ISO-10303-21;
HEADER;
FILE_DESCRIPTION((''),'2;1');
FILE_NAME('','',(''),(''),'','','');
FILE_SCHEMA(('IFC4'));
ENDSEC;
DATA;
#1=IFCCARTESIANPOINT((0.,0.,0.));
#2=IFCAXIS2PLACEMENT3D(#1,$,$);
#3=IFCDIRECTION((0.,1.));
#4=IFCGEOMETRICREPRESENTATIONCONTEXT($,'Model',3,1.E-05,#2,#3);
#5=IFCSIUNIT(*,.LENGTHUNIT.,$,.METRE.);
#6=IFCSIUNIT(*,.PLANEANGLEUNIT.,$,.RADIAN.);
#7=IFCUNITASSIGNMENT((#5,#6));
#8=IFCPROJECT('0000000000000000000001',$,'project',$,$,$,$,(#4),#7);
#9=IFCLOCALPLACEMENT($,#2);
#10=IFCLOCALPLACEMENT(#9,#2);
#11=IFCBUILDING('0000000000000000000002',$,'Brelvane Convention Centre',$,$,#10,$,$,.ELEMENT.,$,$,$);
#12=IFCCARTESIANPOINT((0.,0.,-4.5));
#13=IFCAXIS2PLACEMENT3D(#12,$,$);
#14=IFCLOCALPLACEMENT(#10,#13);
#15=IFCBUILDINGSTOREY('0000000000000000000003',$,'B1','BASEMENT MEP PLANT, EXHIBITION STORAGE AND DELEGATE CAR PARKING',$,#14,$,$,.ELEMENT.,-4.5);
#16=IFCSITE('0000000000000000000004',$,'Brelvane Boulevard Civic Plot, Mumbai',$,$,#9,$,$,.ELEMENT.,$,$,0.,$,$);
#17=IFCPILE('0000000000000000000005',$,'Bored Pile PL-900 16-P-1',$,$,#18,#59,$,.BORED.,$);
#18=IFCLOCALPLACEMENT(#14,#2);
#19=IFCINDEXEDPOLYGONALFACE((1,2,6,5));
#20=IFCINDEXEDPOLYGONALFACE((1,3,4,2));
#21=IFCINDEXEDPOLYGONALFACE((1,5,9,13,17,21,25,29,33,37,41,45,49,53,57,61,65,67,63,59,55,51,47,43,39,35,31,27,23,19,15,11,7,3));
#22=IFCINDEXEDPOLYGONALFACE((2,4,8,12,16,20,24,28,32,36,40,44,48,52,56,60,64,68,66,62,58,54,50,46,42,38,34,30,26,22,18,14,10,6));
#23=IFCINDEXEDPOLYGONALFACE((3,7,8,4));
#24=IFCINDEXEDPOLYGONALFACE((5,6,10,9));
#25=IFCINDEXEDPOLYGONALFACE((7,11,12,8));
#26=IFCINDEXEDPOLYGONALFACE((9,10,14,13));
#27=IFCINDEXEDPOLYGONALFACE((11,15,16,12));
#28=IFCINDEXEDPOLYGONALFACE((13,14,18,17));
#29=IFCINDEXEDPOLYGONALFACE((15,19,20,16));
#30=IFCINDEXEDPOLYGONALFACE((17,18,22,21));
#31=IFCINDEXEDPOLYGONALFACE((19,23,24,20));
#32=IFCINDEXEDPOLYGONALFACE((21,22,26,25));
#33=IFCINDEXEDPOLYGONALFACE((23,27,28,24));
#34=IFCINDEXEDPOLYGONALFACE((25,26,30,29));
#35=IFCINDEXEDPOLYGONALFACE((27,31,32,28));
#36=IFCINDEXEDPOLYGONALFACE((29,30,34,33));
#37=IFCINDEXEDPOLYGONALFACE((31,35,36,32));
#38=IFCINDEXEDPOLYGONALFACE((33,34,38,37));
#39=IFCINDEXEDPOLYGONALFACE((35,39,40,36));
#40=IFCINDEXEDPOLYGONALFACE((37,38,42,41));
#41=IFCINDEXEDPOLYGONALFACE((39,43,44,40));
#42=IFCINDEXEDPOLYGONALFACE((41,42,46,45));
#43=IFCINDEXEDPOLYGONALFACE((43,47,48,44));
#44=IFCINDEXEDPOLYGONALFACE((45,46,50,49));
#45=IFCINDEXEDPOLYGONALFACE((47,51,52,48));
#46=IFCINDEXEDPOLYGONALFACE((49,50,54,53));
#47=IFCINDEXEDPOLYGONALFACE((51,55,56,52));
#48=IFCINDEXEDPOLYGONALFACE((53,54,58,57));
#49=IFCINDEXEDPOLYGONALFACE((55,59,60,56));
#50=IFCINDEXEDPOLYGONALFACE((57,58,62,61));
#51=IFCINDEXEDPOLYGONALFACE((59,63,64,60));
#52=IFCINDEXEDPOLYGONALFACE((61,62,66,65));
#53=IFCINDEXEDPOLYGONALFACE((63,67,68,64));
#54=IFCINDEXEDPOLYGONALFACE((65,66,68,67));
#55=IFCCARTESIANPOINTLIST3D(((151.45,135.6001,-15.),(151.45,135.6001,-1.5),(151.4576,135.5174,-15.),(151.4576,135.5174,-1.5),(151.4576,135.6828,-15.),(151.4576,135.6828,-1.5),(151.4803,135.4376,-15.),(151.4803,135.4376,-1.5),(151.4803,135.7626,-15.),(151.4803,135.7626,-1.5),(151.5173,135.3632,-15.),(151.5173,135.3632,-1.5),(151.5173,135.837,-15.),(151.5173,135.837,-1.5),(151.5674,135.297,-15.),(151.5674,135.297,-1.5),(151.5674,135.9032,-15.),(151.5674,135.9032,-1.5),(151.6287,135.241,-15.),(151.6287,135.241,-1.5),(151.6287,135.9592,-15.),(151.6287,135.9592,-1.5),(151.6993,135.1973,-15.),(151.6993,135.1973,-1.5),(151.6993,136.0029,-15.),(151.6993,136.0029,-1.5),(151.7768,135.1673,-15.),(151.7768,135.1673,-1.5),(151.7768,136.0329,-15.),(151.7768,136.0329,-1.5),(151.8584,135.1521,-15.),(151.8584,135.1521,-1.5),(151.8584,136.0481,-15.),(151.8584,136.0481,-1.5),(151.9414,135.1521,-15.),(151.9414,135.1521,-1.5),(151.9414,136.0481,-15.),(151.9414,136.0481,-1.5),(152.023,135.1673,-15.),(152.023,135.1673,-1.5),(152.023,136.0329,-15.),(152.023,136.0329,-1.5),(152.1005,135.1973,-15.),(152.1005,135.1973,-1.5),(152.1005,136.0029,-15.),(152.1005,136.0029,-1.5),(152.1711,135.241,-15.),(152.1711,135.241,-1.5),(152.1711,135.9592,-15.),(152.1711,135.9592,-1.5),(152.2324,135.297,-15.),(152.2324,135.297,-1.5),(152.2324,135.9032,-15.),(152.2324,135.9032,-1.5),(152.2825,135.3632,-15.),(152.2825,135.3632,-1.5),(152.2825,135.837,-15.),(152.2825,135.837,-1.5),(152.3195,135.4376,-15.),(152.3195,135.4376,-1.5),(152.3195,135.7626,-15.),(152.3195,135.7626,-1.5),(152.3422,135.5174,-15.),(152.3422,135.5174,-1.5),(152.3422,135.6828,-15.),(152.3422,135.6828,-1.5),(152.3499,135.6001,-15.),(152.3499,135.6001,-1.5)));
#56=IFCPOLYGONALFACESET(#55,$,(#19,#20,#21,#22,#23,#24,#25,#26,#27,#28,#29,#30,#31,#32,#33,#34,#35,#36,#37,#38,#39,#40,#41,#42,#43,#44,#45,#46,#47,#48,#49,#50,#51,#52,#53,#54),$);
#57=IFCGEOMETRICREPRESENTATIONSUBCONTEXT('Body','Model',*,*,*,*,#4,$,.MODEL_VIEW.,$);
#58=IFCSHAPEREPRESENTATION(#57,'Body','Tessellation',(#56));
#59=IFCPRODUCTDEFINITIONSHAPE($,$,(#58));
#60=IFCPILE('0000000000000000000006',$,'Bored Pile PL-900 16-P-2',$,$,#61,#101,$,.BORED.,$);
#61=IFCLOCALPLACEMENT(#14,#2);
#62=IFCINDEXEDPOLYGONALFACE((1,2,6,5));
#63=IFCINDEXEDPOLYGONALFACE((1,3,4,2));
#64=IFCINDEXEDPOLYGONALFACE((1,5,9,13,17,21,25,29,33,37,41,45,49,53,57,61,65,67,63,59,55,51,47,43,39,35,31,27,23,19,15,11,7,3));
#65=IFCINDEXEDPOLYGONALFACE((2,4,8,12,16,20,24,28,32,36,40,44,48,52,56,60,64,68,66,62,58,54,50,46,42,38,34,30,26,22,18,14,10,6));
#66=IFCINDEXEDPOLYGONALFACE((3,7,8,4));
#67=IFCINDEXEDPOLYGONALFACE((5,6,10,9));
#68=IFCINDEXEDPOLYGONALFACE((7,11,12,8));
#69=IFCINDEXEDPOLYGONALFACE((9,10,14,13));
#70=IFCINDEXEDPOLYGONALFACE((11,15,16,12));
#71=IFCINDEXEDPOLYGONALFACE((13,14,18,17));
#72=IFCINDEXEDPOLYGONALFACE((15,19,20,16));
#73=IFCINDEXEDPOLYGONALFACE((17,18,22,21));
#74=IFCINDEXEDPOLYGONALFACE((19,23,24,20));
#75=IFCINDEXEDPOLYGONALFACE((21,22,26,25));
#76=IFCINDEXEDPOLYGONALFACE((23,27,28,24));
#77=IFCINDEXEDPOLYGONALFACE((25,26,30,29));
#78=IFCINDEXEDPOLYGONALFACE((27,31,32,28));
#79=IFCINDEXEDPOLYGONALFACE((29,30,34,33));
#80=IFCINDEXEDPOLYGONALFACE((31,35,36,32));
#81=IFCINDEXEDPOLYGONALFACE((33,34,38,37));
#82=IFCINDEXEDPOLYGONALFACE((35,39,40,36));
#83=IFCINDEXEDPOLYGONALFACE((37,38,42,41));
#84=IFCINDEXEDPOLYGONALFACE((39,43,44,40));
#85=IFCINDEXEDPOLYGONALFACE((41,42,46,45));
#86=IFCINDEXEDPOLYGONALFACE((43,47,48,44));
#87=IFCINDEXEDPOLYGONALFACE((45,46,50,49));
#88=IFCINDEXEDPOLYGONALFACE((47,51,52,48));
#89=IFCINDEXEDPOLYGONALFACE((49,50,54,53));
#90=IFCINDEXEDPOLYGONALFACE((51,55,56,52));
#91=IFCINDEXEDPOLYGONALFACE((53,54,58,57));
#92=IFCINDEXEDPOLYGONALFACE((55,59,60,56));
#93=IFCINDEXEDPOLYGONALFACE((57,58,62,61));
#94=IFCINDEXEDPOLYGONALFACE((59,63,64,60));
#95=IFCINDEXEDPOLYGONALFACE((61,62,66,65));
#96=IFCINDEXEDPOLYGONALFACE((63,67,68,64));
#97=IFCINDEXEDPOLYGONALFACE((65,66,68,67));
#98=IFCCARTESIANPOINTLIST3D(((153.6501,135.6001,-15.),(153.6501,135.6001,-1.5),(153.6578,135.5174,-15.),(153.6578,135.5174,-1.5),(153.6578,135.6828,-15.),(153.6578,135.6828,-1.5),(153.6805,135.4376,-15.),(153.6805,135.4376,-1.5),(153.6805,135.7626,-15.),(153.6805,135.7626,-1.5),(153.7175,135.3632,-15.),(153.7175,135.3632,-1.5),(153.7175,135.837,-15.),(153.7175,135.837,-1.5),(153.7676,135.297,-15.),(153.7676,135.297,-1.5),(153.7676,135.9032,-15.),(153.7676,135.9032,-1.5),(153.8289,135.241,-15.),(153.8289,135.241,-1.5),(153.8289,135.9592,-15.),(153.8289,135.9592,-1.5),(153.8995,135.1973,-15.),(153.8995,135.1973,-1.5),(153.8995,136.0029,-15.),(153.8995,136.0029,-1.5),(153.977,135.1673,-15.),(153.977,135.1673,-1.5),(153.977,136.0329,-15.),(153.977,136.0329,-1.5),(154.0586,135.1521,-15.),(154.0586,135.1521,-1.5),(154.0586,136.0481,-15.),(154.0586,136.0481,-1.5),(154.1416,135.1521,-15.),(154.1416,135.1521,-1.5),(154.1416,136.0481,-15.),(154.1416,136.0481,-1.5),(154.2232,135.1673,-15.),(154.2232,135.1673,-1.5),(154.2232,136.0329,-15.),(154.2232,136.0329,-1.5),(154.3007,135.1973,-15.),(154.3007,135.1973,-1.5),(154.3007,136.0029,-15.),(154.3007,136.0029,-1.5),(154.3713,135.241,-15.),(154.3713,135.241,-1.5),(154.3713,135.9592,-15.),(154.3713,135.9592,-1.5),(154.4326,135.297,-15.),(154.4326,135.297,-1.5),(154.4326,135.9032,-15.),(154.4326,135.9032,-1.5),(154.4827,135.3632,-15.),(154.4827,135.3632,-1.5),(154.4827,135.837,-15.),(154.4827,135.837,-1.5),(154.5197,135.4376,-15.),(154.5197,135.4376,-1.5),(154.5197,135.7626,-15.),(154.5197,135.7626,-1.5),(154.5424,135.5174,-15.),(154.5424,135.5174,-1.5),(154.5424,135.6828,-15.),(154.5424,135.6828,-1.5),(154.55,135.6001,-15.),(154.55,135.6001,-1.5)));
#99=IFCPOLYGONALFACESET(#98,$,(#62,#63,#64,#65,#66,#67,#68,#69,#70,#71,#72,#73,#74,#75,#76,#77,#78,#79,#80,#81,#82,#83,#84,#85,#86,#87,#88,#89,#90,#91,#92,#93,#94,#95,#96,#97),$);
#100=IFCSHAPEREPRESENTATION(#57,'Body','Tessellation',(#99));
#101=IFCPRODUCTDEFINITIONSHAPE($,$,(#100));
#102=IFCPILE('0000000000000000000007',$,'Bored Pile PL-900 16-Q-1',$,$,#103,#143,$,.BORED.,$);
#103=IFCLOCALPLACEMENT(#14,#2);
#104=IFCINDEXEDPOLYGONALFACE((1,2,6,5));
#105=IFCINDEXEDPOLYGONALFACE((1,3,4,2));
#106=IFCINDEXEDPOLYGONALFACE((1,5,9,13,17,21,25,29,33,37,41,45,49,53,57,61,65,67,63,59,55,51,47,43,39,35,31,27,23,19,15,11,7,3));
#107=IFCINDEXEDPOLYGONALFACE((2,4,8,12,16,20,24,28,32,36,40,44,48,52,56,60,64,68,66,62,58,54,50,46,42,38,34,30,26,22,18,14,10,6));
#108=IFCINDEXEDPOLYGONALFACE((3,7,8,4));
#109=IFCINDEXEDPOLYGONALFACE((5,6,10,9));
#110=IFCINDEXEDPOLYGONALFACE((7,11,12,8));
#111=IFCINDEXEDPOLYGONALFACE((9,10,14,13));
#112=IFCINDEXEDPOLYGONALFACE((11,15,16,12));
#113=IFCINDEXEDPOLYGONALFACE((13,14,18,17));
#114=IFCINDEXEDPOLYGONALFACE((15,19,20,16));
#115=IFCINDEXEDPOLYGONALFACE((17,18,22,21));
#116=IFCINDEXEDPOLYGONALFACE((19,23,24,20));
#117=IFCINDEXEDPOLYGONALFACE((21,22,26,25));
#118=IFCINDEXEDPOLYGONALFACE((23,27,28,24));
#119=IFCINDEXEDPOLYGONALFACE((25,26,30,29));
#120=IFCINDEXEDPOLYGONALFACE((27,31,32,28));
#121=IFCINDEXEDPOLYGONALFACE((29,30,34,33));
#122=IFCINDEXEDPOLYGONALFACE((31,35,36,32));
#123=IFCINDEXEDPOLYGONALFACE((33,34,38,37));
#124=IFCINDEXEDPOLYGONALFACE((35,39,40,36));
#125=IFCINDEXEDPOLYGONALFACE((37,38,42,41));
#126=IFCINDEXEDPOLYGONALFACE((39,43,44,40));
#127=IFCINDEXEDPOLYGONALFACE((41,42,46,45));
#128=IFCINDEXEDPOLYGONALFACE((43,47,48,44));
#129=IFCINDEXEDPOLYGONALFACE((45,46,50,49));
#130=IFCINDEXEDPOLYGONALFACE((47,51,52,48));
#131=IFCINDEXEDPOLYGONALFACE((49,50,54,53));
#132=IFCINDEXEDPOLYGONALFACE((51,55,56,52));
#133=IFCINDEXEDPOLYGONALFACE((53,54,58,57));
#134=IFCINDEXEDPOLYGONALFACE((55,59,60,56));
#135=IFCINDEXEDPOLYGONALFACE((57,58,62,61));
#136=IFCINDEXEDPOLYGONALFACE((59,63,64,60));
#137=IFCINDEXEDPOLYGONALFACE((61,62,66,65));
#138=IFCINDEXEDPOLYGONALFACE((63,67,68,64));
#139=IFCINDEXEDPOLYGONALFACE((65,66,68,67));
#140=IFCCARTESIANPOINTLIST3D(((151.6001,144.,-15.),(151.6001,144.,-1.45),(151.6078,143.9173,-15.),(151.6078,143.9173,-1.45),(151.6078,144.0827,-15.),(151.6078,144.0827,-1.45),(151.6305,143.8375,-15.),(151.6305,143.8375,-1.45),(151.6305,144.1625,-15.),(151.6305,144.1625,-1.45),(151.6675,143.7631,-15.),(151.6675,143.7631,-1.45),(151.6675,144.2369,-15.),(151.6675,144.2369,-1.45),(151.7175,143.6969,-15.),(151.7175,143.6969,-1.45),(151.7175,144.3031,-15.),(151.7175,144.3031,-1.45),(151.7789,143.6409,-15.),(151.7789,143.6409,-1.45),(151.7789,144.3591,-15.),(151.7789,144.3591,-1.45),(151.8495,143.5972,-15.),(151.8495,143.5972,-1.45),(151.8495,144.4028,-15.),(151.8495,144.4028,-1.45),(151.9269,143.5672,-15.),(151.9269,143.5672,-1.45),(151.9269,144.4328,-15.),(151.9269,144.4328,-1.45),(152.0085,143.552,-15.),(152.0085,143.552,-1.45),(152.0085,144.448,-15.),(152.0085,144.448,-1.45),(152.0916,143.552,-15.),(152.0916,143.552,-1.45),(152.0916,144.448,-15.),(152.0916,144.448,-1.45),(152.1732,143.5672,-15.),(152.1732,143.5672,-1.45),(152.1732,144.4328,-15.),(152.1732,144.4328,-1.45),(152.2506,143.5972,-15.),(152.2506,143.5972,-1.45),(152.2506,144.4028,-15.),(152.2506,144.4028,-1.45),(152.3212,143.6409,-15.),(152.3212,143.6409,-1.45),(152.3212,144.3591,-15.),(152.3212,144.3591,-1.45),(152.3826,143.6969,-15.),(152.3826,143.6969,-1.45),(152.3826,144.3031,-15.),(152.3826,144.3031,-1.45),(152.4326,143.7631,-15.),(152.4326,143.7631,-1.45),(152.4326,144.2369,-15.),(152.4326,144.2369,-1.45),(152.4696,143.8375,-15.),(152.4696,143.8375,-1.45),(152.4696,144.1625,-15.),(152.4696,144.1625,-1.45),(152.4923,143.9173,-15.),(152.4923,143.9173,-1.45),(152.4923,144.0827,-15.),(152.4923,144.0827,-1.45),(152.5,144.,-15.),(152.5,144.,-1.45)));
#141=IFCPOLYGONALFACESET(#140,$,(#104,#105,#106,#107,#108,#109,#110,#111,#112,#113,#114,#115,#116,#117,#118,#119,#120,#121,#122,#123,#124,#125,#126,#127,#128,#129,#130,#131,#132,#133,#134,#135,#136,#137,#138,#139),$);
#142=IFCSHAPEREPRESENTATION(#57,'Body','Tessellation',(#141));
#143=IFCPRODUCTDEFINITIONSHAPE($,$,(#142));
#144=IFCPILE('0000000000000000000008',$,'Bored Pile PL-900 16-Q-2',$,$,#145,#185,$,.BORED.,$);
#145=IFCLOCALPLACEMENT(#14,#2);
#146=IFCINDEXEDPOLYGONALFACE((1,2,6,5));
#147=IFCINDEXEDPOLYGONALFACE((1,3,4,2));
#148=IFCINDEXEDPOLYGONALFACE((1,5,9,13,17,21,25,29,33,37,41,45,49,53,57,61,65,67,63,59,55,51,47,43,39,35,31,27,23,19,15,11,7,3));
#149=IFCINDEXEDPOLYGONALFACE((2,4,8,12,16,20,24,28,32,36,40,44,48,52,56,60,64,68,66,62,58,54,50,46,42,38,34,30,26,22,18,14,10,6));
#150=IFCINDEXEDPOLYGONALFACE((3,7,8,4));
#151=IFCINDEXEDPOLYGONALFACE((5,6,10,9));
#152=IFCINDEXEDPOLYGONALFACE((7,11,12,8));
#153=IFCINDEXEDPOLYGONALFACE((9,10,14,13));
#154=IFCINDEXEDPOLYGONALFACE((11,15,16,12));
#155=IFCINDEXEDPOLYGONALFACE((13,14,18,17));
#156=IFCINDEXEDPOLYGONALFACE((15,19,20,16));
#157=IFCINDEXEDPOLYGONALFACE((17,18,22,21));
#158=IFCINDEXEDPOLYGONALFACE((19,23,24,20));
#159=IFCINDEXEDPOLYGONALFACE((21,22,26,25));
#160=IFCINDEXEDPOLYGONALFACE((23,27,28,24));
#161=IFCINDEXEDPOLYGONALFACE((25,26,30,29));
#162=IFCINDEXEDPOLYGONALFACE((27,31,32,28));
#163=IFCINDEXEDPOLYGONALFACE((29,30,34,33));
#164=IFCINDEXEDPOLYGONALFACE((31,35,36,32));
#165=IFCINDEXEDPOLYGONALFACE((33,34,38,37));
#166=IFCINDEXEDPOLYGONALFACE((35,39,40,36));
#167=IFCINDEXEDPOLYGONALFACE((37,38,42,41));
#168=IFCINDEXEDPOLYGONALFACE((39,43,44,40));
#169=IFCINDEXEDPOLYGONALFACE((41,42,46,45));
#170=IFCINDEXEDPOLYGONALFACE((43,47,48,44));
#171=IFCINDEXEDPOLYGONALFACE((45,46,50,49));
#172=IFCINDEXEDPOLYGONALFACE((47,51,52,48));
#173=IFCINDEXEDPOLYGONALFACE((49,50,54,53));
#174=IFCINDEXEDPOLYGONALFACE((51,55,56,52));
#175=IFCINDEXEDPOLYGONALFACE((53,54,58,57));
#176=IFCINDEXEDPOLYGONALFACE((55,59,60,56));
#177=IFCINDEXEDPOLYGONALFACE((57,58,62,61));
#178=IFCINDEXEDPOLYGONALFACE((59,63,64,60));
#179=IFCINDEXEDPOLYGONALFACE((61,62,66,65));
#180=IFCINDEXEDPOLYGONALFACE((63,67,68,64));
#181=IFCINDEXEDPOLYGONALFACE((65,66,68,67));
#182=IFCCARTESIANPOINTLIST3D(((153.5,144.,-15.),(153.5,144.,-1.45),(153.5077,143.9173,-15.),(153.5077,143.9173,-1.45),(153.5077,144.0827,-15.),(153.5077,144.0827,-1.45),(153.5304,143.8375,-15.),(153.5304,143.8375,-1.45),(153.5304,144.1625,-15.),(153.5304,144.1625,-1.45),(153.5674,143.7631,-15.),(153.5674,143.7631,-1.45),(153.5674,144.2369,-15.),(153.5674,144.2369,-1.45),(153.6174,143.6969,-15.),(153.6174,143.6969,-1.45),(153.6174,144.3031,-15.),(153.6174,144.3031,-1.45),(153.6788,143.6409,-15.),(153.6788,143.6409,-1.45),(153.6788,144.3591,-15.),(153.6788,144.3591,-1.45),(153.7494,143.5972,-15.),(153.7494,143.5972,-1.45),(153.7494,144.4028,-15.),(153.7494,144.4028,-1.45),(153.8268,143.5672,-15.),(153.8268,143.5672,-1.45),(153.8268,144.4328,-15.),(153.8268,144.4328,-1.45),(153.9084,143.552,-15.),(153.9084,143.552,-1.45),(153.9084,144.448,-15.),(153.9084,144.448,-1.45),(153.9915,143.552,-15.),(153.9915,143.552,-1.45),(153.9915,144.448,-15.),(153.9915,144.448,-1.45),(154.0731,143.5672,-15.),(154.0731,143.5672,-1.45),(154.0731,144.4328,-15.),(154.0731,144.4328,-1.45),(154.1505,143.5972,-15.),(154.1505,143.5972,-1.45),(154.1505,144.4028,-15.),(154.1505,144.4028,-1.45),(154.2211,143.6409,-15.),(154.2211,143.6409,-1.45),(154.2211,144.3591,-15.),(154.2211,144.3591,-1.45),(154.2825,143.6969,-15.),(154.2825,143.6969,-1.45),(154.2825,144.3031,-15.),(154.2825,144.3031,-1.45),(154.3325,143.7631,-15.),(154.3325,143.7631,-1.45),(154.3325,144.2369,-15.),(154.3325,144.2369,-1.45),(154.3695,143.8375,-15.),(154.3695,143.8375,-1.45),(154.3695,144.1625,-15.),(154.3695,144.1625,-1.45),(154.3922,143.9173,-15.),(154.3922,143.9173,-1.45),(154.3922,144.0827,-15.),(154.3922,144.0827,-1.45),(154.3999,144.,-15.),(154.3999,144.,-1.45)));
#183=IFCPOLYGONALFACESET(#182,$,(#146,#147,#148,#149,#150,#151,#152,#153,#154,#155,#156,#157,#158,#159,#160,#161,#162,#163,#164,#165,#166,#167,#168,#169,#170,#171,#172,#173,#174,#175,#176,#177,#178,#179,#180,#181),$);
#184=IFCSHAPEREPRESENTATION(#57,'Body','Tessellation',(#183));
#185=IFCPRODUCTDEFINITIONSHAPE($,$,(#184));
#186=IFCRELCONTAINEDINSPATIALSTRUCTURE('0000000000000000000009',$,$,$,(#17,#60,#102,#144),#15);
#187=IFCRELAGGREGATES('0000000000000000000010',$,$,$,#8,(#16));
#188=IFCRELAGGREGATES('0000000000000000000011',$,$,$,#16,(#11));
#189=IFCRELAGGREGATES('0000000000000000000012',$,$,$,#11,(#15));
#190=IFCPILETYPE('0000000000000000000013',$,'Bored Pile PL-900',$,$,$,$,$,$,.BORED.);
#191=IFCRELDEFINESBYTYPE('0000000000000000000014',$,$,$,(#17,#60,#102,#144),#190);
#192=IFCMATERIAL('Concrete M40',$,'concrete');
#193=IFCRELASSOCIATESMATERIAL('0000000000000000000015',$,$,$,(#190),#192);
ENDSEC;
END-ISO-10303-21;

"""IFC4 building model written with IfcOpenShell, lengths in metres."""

from ifc_helpers import new_model, si_unit, direction, frame, origin, origin_2d, place, context, subcontext, project, spatial, circle, extrude, material, material_profile, profile_set, type_object, element, save


model = new_model("IFC4")

# Units and contexts
model_context = context("Model", 3, precision=1e-05, world=origin(), true_north=direction((0.0, 1.0)))
body_context = subcontext(model_context, "Body", "Model", "MODEL_VIEW")
ifc_project = project(units=[si_unit("LENGTHUNIT", "METRE"), si_unit("PLANEANGLEUNIT", "RADIAN")], contexts=[model_context])

# Site, building, storey
site_placement = place(None, origin())
site = spatial("IfcSite", under=ifc_project, at=site_placement, Name="Brelvane Boulevard Civic Plot, Mumbai", CompositionType="ELEMENT", RefElevation=0.0)
building_placement = place(site_placement, origin())
building = spatial("IfcBuilding", under=site, at=building_placement, Name="Brelvane Convention Centre", CompositionType="ELEMENT")
storey_placement = place(building_placement, frame((0.0, 0.0, -4.5)))
storey = spatial("IfcBuildingStorey", under=building, at=storey_placement, Name="B1", Description="BASEMENT MEP PLANT, EXHIBITION STORAGE AND DELEGATE CAR PARKING", CompositionType="ELEMENT", Elevation=-4.5)

# Piles
ifc_material_1 = material(Name="Concrete M40", Category="concrete")
ifc_material_profile_1 = material_profile(ifc_material_1, circle(Radius=0.45, at=origin_2d()), Name="PILE D900")
ifc_profile_set_1 = profile_set([ifc_material_profile_1], Name="Concrete M40")
pile_type = type_object("IfcPileType", Name="Bored Pile PL-900", PredefinedType="BORED", material=ifc_profile_set_1)
for number, where, z_axis, x_axis, name in (
    (1, (151.8999, 135.6001, -1.5), (0.0, 0.0, -1.0), (1.0, 0.0, 0.0), "Bored Pile PL-900 16-P-1"),
    (2, (154.1001, 135.6001, -1.5), (0.0, 0.0, -1.0), (1.0, 0.0, 0.0), "Bored Pile PL-900 16-P-2"),
):
    element("IfcPile", number, at=place(storey_placement, frame(where, z_axis=z_axis, x_axis=x_axis)), inside=storey, type_object=pile_type, Name=name, PredefinedType="BORED", context=body_context, shape_type="SweptSolid", body=[
        extrude(circle(Radius=0.45, at=origin_2d()), origin(), (0.0, 0.0, 1.0), 13.5),
    ])
for number, where, z_axis, x_axis, name in (
    (3, (152.05, 144.0, -1.45), (0.0, 0.0, -1.0), (1.0, 0.0, 0.0), "Bored Pile PL-900 16-Q-1"),
    (4, (153.95, 144.0, -1.45), (0.0, 0.0, -1.0), (1.0, 0.0, 0.0), "Bored Pile PL-900 16-Q-2"),
):
    element("IfcPile", number, at=place(storey_placement, frame(where, z_axis=z_axis, x_axis=x_axis)), inside=storey, type_object=pile_type, Name=name, PredefinedType="BORED", context=body_context, shape_type="SweptSolid", body=[
        extrude(circle(Radius=0.45, at=origin_2d()), origin(), (0.0, 0.0, 1.0), 13.55),
    ])

save(model, "model.ifc")
